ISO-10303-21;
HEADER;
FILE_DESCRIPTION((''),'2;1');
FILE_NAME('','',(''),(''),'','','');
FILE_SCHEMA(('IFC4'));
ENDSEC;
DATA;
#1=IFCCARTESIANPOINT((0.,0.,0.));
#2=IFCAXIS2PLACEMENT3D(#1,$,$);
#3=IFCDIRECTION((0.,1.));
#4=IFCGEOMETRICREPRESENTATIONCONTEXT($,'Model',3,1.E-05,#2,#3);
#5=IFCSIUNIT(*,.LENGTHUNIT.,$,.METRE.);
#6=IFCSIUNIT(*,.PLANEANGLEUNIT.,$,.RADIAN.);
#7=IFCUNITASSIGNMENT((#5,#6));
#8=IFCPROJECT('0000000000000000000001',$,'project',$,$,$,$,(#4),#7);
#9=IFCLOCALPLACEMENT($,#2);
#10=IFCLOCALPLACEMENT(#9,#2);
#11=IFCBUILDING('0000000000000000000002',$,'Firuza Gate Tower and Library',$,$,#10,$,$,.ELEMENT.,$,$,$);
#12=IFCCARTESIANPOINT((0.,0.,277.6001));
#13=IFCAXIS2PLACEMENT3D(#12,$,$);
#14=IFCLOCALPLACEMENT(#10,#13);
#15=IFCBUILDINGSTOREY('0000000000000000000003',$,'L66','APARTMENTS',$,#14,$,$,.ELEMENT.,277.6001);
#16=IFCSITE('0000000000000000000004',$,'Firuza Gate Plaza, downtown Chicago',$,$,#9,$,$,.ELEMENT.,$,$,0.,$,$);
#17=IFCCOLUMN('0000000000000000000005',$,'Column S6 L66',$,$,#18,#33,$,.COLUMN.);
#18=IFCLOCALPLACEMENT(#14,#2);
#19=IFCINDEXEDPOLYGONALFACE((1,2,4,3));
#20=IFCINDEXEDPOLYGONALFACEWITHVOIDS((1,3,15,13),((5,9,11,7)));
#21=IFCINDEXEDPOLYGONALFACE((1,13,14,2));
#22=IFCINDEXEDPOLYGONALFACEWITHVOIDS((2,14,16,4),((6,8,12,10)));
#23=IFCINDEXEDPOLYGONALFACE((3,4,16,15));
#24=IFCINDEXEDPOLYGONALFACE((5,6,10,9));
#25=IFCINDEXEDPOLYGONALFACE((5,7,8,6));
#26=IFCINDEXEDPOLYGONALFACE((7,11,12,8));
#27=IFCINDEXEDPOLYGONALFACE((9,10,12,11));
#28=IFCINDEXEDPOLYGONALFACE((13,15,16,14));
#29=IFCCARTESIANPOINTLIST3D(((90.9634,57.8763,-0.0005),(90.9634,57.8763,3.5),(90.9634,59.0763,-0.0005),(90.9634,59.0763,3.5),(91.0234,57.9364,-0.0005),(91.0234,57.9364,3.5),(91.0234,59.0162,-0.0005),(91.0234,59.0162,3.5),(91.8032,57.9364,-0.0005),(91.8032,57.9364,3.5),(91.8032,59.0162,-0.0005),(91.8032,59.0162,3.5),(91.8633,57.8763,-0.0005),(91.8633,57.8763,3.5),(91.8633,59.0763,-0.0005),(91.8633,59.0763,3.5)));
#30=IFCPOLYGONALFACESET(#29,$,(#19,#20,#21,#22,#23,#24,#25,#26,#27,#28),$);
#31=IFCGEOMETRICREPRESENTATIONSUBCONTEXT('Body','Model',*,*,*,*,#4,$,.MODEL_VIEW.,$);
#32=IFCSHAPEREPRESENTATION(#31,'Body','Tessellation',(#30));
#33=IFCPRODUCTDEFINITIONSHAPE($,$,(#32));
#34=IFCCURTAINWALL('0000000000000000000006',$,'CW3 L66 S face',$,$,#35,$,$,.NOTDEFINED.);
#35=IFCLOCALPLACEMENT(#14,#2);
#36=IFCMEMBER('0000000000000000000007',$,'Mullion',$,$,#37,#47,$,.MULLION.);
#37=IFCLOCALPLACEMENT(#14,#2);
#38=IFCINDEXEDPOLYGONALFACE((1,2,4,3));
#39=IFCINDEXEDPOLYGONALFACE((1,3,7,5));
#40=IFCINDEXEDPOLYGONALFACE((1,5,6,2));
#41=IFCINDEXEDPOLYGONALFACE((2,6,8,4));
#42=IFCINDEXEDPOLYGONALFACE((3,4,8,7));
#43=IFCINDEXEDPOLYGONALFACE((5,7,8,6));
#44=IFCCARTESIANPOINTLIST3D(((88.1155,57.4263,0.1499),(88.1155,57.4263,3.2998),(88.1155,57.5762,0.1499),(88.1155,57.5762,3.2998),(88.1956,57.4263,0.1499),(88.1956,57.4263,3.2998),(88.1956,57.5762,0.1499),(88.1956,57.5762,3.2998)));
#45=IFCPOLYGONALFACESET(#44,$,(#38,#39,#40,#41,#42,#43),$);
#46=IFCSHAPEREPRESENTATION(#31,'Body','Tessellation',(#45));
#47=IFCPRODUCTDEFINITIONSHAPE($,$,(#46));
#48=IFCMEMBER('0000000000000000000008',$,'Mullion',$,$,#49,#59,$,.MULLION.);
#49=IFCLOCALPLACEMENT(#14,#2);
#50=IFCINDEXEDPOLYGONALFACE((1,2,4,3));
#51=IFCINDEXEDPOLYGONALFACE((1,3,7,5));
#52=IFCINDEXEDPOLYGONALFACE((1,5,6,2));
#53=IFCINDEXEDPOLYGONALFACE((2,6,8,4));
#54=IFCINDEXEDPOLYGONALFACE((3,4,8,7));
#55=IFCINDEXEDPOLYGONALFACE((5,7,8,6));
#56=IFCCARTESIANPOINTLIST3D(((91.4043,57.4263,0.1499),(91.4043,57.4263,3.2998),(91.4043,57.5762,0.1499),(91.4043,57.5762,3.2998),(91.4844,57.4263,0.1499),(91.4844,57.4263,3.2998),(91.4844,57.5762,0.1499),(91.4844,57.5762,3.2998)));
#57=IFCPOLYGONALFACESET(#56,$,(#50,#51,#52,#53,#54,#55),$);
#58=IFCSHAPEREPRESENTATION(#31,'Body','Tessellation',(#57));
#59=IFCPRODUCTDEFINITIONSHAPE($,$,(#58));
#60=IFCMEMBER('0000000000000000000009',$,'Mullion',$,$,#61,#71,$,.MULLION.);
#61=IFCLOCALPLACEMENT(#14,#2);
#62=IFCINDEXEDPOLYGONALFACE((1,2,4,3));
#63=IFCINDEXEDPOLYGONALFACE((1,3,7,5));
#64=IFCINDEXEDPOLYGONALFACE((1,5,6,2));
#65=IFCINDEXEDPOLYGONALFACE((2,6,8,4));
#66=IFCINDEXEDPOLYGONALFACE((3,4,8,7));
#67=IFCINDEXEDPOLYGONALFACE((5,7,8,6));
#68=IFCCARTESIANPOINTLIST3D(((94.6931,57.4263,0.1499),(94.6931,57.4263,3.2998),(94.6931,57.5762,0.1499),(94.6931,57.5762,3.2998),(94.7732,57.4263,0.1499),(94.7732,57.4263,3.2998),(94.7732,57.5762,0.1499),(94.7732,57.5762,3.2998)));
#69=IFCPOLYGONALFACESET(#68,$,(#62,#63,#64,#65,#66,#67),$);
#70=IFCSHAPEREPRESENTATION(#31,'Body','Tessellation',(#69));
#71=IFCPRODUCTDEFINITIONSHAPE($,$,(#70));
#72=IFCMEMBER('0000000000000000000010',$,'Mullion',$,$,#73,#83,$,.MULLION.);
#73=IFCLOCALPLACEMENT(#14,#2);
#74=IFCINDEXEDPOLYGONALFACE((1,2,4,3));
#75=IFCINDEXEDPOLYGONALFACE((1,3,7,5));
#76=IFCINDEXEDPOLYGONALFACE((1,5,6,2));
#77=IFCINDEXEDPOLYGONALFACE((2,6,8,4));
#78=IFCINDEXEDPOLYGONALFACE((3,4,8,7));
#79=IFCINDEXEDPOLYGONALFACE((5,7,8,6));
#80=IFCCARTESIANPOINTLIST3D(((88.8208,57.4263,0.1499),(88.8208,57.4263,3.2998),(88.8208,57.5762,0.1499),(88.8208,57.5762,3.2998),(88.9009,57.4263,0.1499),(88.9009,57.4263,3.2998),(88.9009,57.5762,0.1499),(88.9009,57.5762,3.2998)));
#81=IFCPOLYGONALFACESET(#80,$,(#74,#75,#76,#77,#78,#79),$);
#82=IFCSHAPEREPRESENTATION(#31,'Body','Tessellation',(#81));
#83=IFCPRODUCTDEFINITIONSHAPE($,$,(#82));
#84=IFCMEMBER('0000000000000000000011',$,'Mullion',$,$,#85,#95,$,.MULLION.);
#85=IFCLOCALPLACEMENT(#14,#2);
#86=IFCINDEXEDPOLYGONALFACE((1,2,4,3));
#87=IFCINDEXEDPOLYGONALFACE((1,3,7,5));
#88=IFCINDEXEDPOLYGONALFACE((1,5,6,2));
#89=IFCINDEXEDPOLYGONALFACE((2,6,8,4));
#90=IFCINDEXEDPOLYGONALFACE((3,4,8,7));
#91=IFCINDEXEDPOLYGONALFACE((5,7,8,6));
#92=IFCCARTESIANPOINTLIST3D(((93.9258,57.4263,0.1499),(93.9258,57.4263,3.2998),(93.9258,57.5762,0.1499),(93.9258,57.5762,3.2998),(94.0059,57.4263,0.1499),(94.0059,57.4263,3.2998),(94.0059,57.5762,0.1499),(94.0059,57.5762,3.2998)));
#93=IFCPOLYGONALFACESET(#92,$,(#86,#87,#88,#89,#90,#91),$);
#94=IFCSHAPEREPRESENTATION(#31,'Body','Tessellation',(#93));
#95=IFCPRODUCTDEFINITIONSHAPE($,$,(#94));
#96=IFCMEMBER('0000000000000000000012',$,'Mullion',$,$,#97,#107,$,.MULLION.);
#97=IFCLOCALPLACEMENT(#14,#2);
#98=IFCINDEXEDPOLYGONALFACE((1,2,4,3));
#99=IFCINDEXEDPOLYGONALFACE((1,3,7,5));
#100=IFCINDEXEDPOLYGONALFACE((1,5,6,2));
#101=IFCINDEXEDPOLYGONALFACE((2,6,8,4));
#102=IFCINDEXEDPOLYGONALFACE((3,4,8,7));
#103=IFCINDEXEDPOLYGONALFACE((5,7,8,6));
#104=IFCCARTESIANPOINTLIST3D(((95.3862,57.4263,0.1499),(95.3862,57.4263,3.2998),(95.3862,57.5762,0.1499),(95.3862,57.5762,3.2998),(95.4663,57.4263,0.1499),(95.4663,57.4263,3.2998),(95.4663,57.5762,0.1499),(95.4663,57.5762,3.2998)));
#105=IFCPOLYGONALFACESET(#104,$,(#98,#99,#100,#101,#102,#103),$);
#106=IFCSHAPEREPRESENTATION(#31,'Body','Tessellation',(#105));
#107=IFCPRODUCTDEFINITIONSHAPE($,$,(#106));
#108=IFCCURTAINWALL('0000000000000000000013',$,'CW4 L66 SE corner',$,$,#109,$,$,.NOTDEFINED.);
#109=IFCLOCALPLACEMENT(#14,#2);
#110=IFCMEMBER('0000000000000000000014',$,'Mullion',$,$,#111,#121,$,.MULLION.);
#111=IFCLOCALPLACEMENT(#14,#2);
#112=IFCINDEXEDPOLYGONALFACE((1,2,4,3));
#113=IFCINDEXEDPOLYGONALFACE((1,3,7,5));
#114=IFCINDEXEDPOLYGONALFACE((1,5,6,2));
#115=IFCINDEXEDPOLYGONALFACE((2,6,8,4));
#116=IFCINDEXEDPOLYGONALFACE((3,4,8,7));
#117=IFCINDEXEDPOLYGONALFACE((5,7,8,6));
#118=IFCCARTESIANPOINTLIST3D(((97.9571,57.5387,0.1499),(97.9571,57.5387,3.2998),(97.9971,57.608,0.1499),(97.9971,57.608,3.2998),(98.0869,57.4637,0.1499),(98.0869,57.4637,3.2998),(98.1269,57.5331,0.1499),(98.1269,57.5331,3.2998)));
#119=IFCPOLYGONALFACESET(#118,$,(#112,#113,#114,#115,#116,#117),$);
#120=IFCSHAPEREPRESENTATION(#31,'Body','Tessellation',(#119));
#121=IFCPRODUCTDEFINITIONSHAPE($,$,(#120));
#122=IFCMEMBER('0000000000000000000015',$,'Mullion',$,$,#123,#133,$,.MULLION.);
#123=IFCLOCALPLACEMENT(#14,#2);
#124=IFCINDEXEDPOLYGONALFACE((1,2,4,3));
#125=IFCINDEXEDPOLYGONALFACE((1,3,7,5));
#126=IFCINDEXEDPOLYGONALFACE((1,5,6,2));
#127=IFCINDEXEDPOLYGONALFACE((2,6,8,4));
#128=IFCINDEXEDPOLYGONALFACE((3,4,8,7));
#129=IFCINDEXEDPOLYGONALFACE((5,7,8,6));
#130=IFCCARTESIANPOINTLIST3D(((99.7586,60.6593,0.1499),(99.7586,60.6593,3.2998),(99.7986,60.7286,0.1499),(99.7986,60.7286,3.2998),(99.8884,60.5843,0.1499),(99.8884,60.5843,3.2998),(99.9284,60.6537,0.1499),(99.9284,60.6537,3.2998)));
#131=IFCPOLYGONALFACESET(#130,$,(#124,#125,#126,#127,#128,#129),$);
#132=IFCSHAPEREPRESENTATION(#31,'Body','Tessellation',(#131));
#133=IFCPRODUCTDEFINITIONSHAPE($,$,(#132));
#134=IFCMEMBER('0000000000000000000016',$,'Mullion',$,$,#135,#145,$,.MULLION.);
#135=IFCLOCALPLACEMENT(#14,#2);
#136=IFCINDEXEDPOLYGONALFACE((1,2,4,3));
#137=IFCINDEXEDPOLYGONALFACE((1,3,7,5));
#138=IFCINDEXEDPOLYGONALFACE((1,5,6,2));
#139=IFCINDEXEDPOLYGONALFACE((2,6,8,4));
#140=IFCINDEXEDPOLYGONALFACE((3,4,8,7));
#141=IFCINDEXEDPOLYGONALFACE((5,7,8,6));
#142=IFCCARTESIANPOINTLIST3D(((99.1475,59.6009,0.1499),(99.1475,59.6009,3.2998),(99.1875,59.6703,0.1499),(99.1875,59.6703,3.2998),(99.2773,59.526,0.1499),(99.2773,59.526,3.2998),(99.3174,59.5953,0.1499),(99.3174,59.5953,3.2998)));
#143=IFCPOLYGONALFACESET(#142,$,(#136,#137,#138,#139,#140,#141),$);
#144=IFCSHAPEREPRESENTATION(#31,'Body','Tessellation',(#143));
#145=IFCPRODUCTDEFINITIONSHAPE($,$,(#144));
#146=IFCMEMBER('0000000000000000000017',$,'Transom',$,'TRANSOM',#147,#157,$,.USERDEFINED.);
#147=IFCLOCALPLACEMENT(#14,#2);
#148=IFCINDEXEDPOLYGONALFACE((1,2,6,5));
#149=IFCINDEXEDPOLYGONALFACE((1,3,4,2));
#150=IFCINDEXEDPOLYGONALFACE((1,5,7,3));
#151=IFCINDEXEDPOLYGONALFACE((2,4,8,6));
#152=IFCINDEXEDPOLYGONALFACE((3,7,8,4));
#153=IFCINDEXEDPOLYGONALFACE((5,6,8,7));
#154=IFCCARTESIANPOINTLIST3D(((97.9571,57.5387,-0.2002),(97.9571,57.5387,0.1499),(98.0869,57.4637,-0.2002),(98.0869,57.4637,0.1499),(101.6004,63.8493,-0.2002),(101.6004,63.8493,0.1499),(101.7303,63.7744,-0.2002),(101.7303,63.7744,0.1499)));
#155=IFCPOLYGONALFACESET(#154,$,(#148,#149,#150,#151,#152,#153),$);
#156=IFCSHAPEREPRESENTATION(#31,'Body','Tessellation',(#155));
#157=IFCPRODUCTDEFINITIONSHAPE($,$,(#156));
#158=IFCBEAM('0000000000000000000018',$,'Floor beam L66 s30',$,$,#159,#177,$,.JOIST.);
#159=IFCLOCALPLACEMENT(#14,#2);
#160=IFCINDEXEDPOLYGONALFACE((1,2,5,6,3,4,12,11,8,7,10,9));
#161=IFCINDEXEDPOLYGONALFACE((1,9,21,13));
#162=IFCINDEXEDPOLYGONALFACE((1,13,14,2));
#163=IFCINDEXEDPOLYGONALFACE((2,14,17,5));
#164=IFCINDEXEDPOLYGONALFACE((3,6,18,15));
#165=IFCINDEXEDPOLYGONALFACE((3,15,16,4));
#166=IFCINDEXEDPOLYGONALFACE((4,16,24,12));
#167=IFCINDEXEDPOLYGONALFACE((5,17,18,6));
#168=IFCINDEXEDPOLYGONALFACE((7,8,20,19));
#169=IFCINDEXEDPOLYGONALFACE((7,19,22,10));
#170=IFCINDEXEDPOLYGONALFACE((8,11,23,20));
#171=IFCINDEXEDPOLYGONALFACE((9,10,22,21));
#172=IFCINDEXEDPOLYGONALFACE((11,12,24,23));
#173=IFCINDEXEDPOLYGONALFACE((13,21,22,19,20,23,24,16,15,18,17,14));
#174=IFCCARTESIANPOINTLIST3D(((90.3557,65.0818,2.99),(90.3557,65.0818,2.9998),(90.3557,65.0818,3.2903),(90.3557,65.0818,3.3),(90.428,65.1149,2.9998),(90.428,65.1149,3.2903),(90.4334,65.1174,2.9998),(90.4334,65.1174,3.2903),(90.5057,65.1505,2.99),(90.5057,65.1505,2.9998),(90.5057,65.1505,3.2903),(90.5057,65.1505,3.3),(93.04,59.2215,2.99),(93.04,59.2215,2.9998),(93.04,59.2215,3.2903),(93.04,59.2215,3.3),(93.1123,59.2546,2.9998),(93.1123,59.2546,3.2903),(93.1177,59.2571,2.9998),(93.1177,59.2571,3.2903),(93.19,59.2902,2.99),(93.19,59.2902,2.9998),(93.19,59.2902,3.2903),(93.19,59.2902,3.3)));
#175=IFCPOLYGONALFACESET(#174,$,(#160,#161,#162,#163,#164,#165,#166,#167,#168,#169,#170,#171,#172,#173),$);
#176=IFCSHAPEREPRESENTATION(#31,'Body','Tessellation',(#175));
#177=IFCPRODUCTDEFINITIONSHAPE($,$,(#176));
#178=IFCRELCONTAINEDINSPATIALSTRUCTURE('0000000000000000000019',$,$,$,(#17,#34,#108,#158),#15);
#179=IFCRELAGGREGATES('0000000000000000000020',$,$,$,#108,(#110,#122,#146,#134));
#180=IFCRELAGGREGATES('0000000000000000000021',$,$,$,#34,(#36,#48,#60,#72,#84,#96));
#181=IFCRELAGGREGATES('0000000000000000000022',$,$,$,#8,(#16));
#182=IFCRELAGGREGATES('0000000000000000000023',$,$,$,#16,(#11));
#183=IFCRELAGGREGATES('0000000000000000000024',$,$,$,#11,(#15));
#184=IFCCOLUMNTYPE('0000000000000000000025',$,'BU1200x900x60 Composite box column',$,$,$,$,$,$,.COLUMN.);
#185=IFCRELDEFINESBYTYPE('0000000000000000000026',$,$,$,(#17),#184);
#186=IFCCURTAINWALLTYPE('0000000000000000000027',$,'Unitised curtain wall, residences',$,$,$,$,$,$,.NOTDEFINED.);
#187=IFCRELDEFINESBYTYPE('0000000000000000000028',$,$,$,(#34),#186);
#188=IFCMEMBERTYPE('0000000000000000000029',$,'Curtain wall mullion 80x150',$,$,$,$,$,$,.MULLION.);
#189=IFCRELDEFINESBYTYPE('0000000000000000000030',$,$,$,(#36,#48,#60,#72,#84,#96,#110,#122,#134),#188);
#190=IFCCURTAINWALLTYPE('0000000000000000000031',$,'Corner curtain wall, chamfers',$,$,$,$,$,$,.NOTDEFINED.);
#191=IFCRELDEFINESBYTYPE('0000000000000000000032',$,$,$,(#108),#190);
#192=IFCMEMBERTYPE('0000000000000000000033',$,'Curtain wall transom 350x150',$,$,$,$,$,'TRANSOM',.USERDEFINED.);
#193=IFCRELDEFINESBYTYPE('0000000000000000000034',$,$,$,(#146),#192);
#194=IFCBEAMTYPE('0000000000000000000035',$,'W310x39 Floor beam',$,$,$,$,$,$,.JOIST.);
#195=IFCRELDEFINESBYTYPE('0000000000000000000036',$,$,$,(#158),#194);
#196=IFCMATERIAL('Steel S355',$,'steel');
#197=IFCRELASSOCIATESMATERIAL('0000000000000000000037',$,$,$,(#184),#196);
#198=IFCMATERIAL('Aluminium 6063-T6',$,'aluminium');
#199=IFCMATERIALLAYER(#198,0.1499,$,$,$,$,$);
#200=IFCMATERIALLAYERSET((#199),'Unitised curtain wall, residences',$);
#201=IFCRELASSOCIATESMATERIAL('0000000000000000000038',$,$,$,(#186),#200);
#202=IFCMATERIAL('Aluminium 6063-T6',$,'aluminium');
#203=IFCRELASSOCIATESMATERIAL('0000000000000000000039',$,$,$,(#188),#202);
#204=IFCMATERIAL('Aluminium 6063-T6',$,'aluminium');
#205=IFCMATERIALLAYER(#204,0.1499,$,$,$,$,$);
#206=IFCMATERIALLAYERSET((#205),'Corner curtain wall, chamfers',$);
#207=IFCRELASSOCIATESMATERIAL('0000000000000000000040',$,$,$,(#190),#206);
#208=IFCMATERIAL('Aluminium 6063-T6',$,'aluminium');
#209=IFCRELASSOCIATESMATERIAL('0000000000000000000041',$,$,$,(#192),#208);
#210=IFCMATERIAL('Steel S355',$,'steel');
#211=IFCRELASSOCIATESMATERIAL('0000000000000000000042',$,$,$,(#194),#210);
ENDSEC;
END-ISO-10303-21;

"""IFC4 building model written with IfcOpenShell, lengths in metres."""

from ifc_helpers import new_model, si_unit, direction, frame, origin, origin_2d, place, context, subcontext, project, spatial, rectangle, hollow_rectangle, i_section, extrude, material, layer, layer_set, material_profile, profile_set, type_object, element, aggregate, save


model = new_model("IFC4")

# Units and contexts
model_context = context("Model", 3, precision=1e-05, world=origin(), true_north=direction((0.0, 1.0)))
body_context = subcontext(model_context, "Body", "Model", "MODEL_VIEW")
ifc_project = project(units=[si_unit("LENGTHUNIT", "METRE"), si_unit("PLANEANGLEUNIT", "RADIAN")], contexts=[model_context])

# Site, building, storey
site_placement = place(None, origin())
site = spatial("IfcSite", under=ifc_project, at=site_placement, Name="Firuza Gate Plaza, downtown Chicago", CompositionType="ELEMENT", RefElevation=0.0)
building_placement = place(site_placement, origin())
building = spatial("IfcBuilding", under=site, at=building_placement, Name="Firuza Gate Tower and Library", CompositionType="ELEMENT")
storey_placement = place(building_placement, frame((0.0, 0.0, 277.6001)))
storey = spatial("IfcBuildingStorey", under=building, at=storey_placement, Name="L66", Description="APARTMENTS", CompositionType="ELEMENT", Elevation=277.6001)

# Column
ifc_material_1 = material(Name="Steel S355", Category="steel")
ifc_material_profile_1 = material_profile(ifc_material_1, hollow_rectangle(XDim=0.8999, YDim=1.2, WallThickness=0.0601, at=origin_2d()))
ifc_profile_set_1 = profile_set([ifc_material_profile_1], Name="Steel S355")
column_type = type_object("IfcColumnType", Name="BU1200x900x60 Composite box column", PredefinedType="COLUMN", material=ifc_profile_set_1)
column_placement = place(storey_placement, frame((91.4133, 58.4763, -0.0005), z_axis=(0.0, 0.0, 1.0), x_axis=(1.0, 0.0, 0.0)))
element("IfcColumn", 1, at=column_placement, inside=storey, type_object=column_type, Name="Column S6 L66", PredefinedType="COLUMN", context=body_context, shape_type="SweptSolid", body=[
    extrude(hollow_rectangle(XDim=0.8999, YDim=1.2, WallThickness=0.0601, at=origin_2d()), origin(), (0.0, 0.0, 1.0), 3.5005),
])

# Curtain walls, members
ifc_material_2 = material(Name="Aluminium 6063-T6", Category="aluminium")
ifc_layer_1 = layer(ifc_material_2, 0.1499)
ifc_layer_set_1 = layer_set([ifc_layer_1], Name="Unitised curtain wall, residences")
curtain_wall_type_1 = type_object("IfcCurtainWallType", Name="Unitised curtain wall, residences", PredefinedType="NOTDEFINED", material=ifc_layer_set_1)
placement = place(storey_placement, origin())
curtain_wall_1 = element("IfcCurtainWall", 2, at=placement, inside=storey, type_object=curtain_wall_type_1, Name="CW3 L66 S face", PredefinedType="NOTDEFINED")
ifc_material_3 = material(Name="Aluminium 6063-T6", Category="aluminium")
ifc_material_profile_2 = material_profile(ifc_material_3, rectangle(XDim=0.1499, YDim=0.0801, at=origin_2d()))
ifc_profile_set_2 = profile_set([ifc_material_profile_2], Name="Aluminium 6063-T6")
member_type_1 = type_object("IfcMemberType", Name="Curtain wall mullion 80x150", PredefinedType="MULLION", material=ifc_profile_set_2)
member_1_placement = place(storey_placement, frame((88.1555, 57.5012, 0.1499), z_axis=(0.0, 0.0, 1.0), x_axis=(0.0, 1.0, 0.0)))
member_1 = element("IfcMember", 3, at=member_1_placement, type_object=member_type_1, Name="Mullion", PredefinedType="MULLION", context=body_context, shape_type="SweptSolid", body=[
    extrude(rectangle(XDim=0.1499, YDim=0.0801, at=origin_2d()), origin(), (0.0, 0.0, 1.0), 3.1499),
])
member_2_placement = place(storey_placement, frame((91.4443, 57.5012, 0.1499), z_axis=(0.0, 0.0, 1.0), x_axis=(0.0, 1.0, 0.0)))
member_2 = element("IfcMember", 4, at=member_2_placement, type_object=member_type_1, Name="Mullion", PredefinedType="MULLION", context=body_context, shape_type="SweptSolid", body=[
    extrude(rectangle(XDim=0.1499, YDim=0.0801, at=origin_2d()), origin(), (0.0, 0.0, 1.0), 3.1499),
])
member_3_placement = place(storey_placement, frame((94.7332, 57.5012, 0.1499), z_axis=(0.0, 0.0, 1.0), x_axis=(0.0, 1.0, 0.0)))
member_3 = element("IfcMember", 5, at=member_3_placement, type_object=member_type_1, Name="Mullion", PredefinedType="MULLION", context=body_context, shape_type="SweptSolid", body=[
    extrude(rectangle(XDim=0.1499, YDim=0.0801, at=origin_2d()), origin(), (0.0, 0.0, 1.0), 3.1499),
])
member_4_placement = place(storey_placement, frame((88.8608, 57.5012, 0.1499), z_axis=(0.0, 0.0, 1.0), x_axis=(0.0, 1.0, 0.0)))
member_4 = element("IfcMember", 6, at=member_4_placement, type_object=member_type_1, Name="Mullion", PredefinedType="MULLION", context=body_context, shape_type="SweptSolid", body=[
    extrude(rectangle(XDim=0.1499, YDim=0.0801, at=origin_2d()), origin(), (0.0, 0.0, 1.0), 3.1499),
])
member_5_placement = place(storey_placement, frame((93.9658, 57.5012, 0.1499), z_axis=(0.0, 0.0, 1.0), x_axis=(0.0, 1.0, 0.0)))
member_5 = element("IfcMember", 7, at=member_5_placement, type_object=member_type_1, Name="Mullion", PredefinedType="MULLION", context=body_context, shape_type="SweptSolid", body=[
    extrude(rectangle(XDim=0.1499, YDim=0.0801, at=origin_2d()), origin(), (0.0, 0.0, 1.0), 3.1499),
])
member_6_placement = place(storey_placement, frame((95.4263, 57.5012, 0.1499), z_axis=(0.0, 0.0, 1.0), x_axis=(0.0, 1.0, 0.0)))
member_6 = element("IfcMember", 8, at=member_6_placement, type_object=member_type_1, Name="Mullion", PredefinedType="MULLION", context=body_context, shape_type="SweptSolid", body=[
    extrude(rectangle(XDim=0.1499, YDim=0.0801, at=origin_2d()), origin(), (0.0, 0.0, 1.0), 3.1499),
])
ifc_material_4 = material(Name="Aluminium 6063-T6", Category="aluminium")
ifc_layer_2 = layer(ifc_material_4, 0.1499)
ifc_layer_set_2 = layer_set([ifc_layer_2], Name="Corner curtain wall, chamfers")
curtain_wall_type_2 = type_object("IfcCurtainWallType", Name="Corner curtain wall, chamfers", PredefinedType="NOTDEFINED", material=ifc_layer_set_2)
curtain_wall_2 = element("IfcCurtainWall", 9, at=placement, inside=storey, type_object=curtain_wall_type_2, Name="CW4 L66 SE corner", PredefinedType="NOTDEFINED")
member_7_placement = place(storey_placement, frame((98.042, 57.5359, 0.1499), z_axis=(0.0, 0.0, 1.0), x_axis=(-0.866025, 0.5, 0.0)))
member_7 = element("IfcMember", 10, at=member_7_placement, type_object=member_type_1, Name="Mullion", PredefinedType="MULLION", context=body_context, shape_type="SweptSolid", body=[
    extrude(rectangle(XDim=0.1499, YDim=0.0801, at=origin_2d()), origin(), (0.0, 0.0, 1.0), 3.1499),
])
member_8_placement = place(storey_placement, frame((99.8435, 60.6565, 0.1499), z_axis=(0.0, 0.0, 1.0), x_axis=(-0.866025, 0.5, 0.0)))
member_8 = element("IfcMember", 11, at=member_8_placement, type_object=member_type_1, Name="Mullion", PredefinedType="MULLION", context=body_context, shape_type="SweptSolid", body=[
    extrude(rectangle(XDim=0.1499, YDim=0.0801, at=origin_2d()), origin(), (0.0, 0.0, 1.0), 3.1499),
])
member_9_placement = place(storey_placement, frame((99.2324, 59.5981, 0.1499), z_axis=(0.0, 0.0, 1.0), x_axis=(-0.866025, 0.5, 0.0)))
member_9 = element("IfcMember", 12, at=member_9_placement, type_object=member_type_1, Name="Mullion", PredefinedType="MULLION", context=body_context, shape_type="SweptSolid", body=[
    extrude(rectangle(XDim=0.1499, YDim=0.0801, at=origin_2d()), origin(), (0.0, 0.0, 1.0), 3.1499),
])
ifc_material_5 = material(Name="Aluminium 6063-T6", Category="aluminium")
ifc_material_profile_3 = material_profile(ifc_material_5, rectangle(XDim=0.1499, YDim=0.3501, at=origin_2d()))
ifc_profile_set_3 = profile_set([ifc_material_profile_3], Name="Aluminium 6063-T6")
member_type_2 = type_object("IfcMemberType", Name="Curtain wall transom 350x150", ElementType="TRANSOM", PredefinedType="USERDEFINED", material=ifc_profile_set_3)
member_10_placement = place(storey_placement, frame((98.022, 57.5012, -0.0251), z_axis=(0.499991, 0.86603, 0.0), x_axis=(-0.86603, 0.499991, 0.0)))
member_10 = element("IfcMember", 13, at=member_10_placement, type_object=member_type_2, Name="Transom", ObjectType="TRANSOM", PredefinedType="USERDEFINED", context=body_context, shape_type="SweptSolid", body=[
    extrude(rectangle(XDim=0.1499, YDim=0.3501, at=origin_2d()), origin(), (0.0, 0.0, 1.0), 7.2869),
])

# Beam
ifc_material_6 = material(Name="Steel S355", Category="steel")
ifc_material_profile_4 = material_profile(ifc_material_6, i_section(OverallWidth=0.165, OverallDepth=0.3101, WebThickness=0.0059, FlangeThickness=0.0098, at=origin_2d()))
ifc_profile_set_4 = profile_set([ifc_material_profile_4], Name="Steel S355")
beam_type_1 = type_object("IfcBeamType", Name="W310x39 Floor beam", PredefinedType="JOIST", material=ifc_profile_set_4)
beam_1_placement = place(storey_placement, frame((93.115, 59.2559, 3.145), z_axis=(-0.416441, 0.909163, 0.0), x_axis=(-0.909163, -0.416441, 0.0)))
element("IfcBeam", 14, at=beam_1_placement, inside=storey, type_object=beam_type_1, Name="Floor beam L66 s30", PredefinedType="JOIST", context=body_context, shape_type="SweptSolid", body=[
    extrude(i_section(OverallWidth=0.165, OverallDepth=0.3101, WebThickness=0.0059, FlangeThickness=0.0098, at=origin_2d()), origin(), (0.0, 0.0, 1.0), 6.4458),
])

aggregate(curtain_wall_2, [member_7, member_8, member_10, member_9])
aggregate(curtain_wall_1, [member_1, member_2, member_3, member_4, member_5, member_6])

save(model, "model.ifc")
